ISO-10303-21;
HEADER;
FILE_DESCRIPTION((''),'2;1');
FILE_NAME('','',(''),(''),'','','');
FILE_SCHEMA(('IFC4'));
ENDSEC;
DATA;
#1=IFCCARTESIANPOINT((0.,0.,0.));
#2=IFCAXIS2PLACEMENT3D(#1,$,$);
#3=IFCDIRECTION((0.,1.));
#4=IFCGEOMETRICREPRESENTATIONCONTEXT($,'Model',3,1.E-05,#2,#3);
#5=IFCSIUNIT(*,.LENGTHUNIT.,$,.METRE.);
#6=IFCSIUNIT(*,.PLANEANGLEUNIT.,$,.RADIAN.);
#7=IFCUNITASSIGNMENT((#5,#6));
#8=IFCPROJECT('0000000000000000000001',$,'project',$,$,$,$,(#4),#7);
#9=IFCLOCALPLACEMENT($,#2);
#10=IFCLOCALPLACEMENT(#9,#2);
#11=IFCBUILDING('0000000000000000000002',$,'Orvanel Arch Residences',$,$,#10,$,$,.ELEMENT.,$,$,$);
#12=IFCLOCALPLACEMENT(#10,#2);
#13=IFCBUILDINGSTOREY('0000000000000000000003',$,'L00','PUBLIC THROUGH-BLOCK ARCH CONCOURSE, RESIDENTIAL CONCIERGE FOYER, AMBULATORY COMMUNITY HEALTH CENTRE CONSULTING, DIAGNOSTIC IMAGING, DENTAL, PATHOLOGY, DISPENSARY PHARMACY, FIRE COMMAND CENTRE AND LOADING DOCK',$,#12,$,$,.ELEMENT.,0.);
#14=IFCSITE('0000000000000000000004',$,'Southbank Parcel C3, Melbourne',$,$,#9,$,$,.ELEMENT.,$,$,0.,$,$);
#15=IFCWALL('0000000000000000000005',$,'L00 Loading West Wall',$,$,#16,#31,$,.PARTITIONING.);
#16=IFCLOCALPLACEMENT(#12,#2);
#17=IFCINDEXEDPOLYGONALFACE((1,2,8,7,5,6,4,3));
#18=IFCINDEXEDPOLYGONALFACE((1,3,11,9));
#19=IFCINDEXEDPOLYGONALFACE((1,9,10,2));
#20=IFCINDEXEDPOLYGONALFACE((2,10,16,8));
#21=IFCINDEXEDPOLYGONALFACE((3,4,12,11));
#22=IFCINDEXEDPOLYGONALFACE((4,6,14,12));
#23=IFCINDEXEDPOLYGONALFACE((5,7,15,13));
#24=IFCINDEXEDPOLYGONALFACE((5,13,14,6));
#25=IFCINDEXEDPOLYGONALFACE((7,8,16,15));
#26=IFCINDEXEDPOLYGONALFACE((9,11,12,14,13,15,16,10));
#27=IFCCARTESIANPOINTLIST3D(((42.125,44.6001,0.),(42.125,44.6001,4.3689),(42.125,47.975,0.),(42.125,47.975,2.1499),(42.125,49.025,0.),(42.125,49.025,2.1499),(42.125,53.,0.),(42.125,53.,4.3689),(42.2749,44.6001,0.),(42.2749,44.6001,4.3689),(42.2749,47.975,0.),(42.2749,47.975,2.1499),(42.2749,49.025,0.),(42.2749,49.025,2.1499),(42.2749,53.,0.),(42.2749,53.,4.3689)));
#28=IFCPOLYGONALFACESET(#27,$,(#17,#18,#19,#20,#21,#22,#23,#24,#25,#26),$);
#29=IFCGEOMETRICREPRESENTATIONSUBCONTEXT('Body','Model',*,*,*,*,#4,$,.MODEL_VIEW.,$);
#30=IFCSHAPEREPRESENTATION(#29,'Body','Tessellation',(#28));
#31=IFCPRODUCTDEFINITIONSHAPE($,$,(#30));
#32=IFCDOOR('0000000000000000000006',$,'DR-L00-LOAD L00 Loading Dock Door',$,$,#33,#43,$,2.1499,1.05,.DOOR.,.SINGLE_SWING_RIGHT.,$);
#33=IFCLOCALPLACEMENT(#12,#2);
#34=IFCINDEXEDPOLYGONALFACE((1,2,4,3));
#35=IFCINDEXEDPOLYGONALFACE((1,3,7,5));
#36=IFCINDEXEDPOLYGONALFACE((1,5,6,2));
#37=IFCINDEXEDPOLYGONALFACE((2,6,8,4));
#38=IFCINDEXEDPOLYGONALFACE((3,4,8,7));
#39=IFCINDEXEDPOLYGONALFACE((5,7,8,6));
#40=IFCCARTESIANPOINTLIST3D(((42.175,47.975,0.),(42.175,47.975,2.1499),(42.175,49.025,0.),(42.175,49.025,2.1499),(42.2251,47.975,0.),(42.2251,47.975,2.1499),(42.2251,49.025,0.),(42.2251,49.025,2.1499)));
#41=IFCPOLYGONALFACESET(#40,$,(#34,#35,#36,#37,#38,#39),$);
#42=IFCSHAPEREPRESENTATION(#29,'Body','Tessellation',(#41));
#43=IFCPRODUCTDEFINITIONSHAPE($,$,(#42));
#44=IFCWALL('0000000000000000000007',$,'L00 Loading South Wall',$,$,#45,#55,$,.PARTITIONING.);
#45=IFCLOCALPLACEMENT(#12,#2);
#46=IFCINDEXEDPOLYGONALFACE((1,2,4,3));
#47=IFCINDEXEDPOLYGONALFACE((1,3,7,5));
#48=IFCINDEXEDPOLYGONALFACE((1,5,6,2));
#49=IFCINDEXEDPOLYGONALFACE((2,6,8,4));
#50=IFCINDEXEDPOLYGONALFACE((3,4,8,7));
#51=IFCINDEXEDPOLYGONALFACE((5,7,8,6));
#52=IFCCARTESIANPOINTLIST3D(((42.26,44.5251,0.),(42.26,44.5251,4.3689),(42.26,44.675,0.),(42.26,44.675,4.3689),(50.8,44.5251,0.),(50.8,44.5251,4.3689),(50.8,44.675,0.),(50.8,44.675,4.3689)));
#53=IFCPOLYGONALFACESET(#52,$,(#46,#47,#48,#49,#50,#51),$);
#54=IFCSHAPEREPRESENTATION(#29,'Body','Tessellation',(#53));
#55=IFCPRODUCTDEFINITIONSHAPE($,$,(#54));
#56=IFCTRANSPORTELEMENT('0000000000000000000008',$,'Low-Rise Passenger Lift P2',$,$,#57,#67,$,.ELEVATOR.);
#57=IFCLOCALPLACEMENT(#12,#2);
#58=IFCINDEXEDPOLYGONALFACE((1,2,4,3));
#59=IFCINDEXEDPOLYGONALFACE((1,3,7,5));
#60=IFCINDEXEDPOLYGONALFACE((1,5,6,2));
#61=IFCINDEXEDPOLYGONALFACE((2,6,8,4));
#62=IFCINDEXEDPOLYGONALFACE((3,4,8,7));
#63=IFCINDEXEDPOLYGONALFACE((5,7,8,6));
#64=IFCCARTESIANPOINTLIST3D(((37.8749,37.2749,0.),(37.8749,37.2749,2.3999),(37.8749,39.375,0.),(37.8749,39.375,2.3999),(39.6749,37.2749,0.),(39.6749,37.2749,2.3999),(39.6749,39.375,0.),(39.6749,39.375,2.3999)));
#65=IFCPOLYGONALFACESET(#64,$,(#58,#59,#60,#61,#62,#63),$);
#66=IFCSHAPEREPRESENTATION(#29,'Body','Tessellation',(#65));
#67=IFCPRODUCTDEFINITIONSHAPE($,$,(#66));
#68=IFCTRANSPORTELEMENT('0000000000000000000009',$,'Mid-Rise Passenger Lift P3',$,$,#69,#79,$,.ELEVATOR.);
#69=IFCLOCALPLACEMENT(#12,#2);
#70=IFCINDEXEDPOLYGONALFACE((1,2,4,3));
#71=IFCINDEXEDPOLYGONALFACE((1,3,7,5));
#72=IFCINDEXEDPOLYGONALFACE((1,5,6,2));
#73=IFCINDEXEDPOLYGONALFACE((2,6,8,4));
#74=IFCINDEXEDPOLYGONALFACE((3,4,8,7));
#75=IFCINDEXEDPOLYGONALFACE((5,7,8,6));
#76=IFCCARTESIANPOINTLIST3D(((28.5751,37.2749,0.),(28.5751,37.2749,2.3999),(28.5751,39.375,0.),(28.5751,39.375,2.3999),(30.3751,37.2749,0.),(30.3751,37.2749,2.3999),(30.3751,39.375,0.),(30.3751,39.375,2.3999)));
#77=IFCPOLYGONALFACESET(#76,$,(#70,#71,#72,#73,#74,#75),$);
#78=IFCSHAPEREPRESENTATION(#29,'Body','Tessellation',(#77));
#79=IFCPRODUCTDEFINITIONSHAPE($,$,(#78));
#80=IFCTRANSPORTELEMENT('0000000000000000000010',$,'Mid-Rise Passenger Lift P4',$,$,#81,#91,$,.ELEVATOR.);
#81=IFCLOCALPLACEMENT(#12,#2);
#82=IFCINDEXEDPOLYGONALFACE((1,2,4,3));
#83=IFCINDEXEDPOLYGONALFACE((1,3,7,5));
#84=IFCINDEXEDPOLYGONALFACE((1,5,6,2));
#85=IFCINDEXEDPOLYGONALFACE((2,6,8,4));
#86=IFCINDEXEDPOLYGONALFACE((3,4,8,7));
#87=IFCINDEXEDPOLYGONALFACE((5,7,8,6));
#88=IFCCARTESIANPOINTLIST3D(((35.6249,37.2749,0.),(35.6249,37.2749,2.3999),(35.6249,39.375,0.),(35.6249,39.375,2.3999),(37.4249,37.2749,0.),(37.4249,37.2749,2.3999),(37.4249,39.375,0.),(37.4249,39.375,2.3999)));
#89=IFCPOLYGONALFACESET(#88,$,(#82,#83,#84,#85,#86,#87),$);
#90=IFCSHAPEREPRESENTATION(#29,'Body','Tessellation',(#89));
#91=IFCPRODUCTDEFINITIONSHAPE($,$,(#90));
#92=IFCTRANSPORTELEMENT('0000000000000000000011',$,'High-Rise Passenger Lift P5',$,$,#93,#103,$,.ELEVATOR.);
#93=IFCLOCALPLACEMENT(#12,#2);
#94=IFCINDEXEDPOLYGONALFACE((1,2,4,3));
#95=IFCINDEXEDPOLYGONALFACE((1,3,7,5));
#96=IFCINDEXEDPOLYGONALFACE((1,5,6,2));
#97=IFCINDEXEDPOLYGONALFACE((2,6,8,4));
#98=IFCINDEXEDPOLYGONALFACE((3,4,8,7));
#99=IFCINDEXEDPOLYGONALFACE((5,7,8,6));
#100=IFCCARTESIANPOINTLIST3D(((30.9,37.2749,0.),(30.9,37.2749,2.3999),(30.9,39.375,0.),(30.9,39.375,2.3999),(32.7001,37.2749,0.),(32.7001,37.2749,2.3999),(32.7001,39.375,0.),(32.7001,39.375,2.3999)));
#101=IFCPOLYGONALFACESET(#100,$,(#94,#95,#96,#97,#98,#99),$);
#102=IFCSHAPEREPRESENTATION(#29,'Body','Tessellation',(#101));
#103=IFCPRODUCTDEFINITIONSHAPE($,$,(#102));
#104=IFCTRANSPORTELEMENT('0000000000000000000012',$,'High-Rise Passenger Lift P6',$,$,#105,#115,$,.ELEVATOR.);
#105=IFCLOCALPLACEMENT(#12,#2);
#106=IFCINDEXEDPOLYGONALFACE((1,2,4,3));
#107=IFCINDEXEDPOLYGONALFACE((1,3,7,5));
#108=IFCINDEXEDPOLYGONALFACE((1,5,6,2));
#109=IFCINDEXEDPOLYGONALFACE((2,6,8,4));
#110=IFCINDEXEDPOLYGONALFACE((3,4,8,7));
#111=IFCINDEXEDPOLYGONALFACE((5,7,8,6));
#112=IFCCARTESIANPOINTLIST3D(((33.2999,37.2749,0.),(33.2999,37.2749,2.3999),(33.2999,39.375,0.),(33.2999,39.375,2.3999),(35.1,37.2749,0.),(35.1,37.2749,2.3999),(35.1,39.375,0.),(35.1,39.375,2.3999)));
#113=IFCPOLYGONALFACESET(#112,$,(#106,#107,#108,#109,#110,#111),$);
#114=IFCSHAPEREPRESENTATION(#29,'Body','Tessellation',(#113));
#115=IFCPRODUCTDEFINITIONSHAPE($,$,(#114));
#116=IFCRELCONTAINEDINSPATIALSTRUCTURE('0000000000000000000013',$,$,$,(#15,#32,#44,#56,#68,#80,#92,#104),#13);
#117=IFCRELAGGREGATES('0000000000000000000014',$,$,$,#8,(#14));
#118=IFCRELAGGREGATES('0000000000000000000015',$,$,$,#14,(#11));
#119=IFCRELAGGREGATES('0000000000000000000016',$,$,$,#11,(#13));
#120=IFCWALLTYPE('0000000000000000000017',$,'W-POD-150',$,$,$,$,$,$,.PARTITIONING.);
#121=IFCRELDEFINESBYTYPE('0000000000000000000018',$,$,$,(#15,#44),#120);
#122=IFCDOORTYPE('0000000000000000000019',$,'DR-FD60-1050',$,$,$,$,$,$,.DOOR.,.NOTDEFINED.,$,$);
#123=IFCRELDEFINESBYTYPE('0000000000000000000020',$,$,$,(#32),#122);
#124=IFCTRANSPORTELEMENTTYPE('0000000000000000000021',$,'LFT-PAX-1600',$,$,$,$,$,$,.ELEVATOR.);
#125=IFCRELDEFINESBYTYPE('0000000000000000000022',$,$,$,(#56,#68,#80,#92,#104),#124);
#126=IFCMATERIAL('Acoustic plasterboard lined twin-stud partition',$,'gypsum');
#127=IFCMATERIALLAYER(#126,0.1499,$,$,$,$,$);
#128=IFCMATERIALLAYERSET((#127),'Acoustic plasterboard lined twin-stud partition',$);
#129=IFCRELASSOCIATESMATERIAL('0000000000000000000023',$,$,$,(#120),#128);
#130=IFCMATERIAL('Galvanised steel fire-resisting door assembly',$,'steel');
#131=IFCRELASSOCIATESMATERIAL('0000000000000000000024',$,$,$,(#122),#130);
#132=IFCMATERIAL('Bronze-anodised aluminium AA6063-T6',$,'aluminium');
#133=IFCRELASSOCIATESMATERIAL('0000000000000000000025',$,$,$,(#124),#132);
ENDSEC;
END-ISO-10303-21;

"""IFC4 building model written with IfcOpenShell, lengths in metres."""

from ifc_helpers import new_model, si_unit, direction, frame, frame_2d, origin, origin_2d, place, context, subcontext, project, spatial, rectangle, extrude, material, layer, layer_set, type_object, element, fill, save


model = new_model("IFC4")

# Units and contexts
model_context = context("Model", 3, precision=1e-05, world=origin(), true_north=direction((0.0, 1.0)))
body_context = subcontext(model_context, "Body", "Model", "MODEL_VIEW")
ifc_project = project(units=[si_unit("LENGTHUNIT", "METRE"), si_unit("PLANEANGLEUNIT", "RADIAN")], contexts=[model_context])

# Site, building, storey
site_placement = place(None, origin())
site = spatial("IfcSite", under=ifc_project, at=site_placement, Name="Southbank Parcel C3, Melbourne", CompositionType="ELEMENT", RefElevation=0.0)
building_placement = place(site_placement, origin())
building = spatial("IfcBuilding", under=site, at=building_placement, Name="Orvanel Arch Residences", CompositionType="ELEMENT")
storey_placement = place(building_placement, origin())
storey = spatial("IfcBuildingStorey", under=building, at=storey_placement, Name="L00", Description="PUBLIC THROUGH-BLOCK ARCH CONCOURSE, RESIDENTIAL CONCIERGE FOYER, AMBULATORY COMMUNITY HEALTH CENTRE CONSULTING, DIAGNOSTIC IMAGING, DENTAL, PATHOLOGY, DISPENSARY PHARMACY, FIRE COMMAND CENTRE AND LOADING DOCK", CompositionType="ELEMENT", Elevation=0.0)

# Shared definitions
ifc_material_1 = material(Name="Galvanised steel fire-resisting door assembly", Category="steel")

# Shared definitions
ifc_material_2 = material(Name="Acoustic plasterboard lined twin-stud partition", Category="gypsum")
ifc_layer_1 = layer(ifc_material_2, 0.1499)
ifc_layer_set_1 = layer_set([ifc_layer_1], Name="Acoustic plasterboard lined twin-stud partition")
wall_type_1 = type_object("IfcWallType", Name="W-POD-150", PredefinedType="PARTITIONING", material=ifc_layer_set_1)

# Wall, opening, door
wall_1_placement = place(storey_placement, frame((42.2, 44.6001, 0.0), z_axis=(0.0, 0.0, 1.0), x_axis=(0.0, 1.0, 0.0)))
wall_1 = element("IfcWall", 1, at=wall_1_placement, inside=storey, type_object=wall_type_1, Name="L00 Loading West Wall", PredefinedType="PARTITIONING", context=body_context, shape_type="SweptSolid", body=[
    extrude(rectangle(XDim=8.3999, YDim=0.1499, at=frame_2d((4.2, 0.0))), origin(), (0.0, 0.0, 1.0), 4.3689),
])
opening_1_placement = place(wall_1_placement, frame((3.375, 0.0, 0.0)))
opening_1 = element("IfcOpeningElement", 2, at=opening_1_placement, cuts=wall_1, PredefinedType="OPENING", context=body_context, shape_type="SweptSolid", body=[
    extrude(rectangle(XDim=1.05, YDim=2.1499, at=frame_2d((0.5249, 1.075))), frame((0.0, 0.085, 0.0), z_axis=(0.0, -1.0, 0.0), x_axis=(1.0, 0.0, 0.0)), (0.0, 0.0, 1.0), 0.1699),
])
door_type_1 = type_object("IfcDoorType", Name="DR-FD60-1050", OperationType="NOTDEFINED", PredefinedType="DOOR", material=ifc_material_1)
door_1_placement = place(opening_1_placement, origin())
door_1 = element("IfcDoor", 3, at=door_1_placement, inside=storey, type_object=door_type_1, Name="DR-L00-LOAD L00 Loading Dock Door", OperationType="SINGLE_SWING_RIGHT", OverallHeight=2.1499, OverallWidth=1.05, PredefinedType="DOOR", context=body_context, shape_type="SweptSolid", body=[
    extrude(rectangle(XDim=1.05, YDim=2.1499, at=frame_2d((0.5249, 1.075))), frame((0.0, 0.0249, 0.0), z_axis=(0.0, -1.0, 0.0), x_axis=(1.0, 0.0, 0.0)), (0.0, 0.0, 1.0), 0.05),
])
fill(opening_1, door_1)

# Wall
wall_2_placement = place(storey_placement, frame((42.26, 44.6001, 0.0), z_axis=(0.0, 0.0, 1.0), x_axis=(1.0, 0.0, 0.0)))
element("IfcWall", 4, at=wall_2_placement, inside=storey, type_object=wall_type_1, Name="L00 Loading South Wall", PredefinedType="PARTITIONING", context=body_context, shape_type="SweptSolid", body=[
    extrude(rectangle(XDim=8.54, YDim=0.1499, at=frame_2d((4.27, 0.0))), origin(), (0.0, 0.0, 1.0), 4.3689),
])

# Transport elements
ifc_material_3 = material(Name="Bronze-anodised aluminium AA6063-T6", Category="aluminium")
transport_element_type = type_object("IfcTransportElementType", Name="LFT-PAX-1600", PredefinedType="ELEVATOR", material=ifc_material_3)
for number, where, z_axis, x_axis, name in (
    (5, (38.7749, 38.325, 0.0), (0.0, 0.0, 1.0), (1.0, 0.0, 0.0), "Low-Rise Passenger Lift P2"),
    (6, (29.4751, 38.325, 0.0), (0.0, 0.0, 1.0), (1.0, 0.0, 0.0), "Mid-Rise Passenger Lift P3"),
    (7, (36.5249, 38.325, 0.0), (0.0, 0.0, 1.0), (1.0, 0.0, 0.0), "Mid-Rise Passenger Lift P4"),
    (8, (31.8, 38.325, 0.0), (0.0, 0.0, 1.0), (1.0, 0.0, 0.0), "High-Rise Passenger Lift P5"),
    (9, (34.2, 38.325, 0.0), (0.0, 0.0, 1.0), (1.0, 0.0, 0.0), "High-Rise Passenger Lift P6"),
):
    element("IfcTransportElement", number, at=place(storey_placement, frame(where, z_axis=z_axis, x_axis=x_axis)), inside=storey, type_object=transport_element_type, Name=name, PredefinedType="ELEVATOR", context=body_context, shape_type="SweptSolid", body=[
        extrude(rectangle(XDim=1.8, YDim=2.1001, at=origin_2d()), origin(), (0.0, 0.0, 1.0), 2.3999),
    ])

save(model, "model.ifc")
